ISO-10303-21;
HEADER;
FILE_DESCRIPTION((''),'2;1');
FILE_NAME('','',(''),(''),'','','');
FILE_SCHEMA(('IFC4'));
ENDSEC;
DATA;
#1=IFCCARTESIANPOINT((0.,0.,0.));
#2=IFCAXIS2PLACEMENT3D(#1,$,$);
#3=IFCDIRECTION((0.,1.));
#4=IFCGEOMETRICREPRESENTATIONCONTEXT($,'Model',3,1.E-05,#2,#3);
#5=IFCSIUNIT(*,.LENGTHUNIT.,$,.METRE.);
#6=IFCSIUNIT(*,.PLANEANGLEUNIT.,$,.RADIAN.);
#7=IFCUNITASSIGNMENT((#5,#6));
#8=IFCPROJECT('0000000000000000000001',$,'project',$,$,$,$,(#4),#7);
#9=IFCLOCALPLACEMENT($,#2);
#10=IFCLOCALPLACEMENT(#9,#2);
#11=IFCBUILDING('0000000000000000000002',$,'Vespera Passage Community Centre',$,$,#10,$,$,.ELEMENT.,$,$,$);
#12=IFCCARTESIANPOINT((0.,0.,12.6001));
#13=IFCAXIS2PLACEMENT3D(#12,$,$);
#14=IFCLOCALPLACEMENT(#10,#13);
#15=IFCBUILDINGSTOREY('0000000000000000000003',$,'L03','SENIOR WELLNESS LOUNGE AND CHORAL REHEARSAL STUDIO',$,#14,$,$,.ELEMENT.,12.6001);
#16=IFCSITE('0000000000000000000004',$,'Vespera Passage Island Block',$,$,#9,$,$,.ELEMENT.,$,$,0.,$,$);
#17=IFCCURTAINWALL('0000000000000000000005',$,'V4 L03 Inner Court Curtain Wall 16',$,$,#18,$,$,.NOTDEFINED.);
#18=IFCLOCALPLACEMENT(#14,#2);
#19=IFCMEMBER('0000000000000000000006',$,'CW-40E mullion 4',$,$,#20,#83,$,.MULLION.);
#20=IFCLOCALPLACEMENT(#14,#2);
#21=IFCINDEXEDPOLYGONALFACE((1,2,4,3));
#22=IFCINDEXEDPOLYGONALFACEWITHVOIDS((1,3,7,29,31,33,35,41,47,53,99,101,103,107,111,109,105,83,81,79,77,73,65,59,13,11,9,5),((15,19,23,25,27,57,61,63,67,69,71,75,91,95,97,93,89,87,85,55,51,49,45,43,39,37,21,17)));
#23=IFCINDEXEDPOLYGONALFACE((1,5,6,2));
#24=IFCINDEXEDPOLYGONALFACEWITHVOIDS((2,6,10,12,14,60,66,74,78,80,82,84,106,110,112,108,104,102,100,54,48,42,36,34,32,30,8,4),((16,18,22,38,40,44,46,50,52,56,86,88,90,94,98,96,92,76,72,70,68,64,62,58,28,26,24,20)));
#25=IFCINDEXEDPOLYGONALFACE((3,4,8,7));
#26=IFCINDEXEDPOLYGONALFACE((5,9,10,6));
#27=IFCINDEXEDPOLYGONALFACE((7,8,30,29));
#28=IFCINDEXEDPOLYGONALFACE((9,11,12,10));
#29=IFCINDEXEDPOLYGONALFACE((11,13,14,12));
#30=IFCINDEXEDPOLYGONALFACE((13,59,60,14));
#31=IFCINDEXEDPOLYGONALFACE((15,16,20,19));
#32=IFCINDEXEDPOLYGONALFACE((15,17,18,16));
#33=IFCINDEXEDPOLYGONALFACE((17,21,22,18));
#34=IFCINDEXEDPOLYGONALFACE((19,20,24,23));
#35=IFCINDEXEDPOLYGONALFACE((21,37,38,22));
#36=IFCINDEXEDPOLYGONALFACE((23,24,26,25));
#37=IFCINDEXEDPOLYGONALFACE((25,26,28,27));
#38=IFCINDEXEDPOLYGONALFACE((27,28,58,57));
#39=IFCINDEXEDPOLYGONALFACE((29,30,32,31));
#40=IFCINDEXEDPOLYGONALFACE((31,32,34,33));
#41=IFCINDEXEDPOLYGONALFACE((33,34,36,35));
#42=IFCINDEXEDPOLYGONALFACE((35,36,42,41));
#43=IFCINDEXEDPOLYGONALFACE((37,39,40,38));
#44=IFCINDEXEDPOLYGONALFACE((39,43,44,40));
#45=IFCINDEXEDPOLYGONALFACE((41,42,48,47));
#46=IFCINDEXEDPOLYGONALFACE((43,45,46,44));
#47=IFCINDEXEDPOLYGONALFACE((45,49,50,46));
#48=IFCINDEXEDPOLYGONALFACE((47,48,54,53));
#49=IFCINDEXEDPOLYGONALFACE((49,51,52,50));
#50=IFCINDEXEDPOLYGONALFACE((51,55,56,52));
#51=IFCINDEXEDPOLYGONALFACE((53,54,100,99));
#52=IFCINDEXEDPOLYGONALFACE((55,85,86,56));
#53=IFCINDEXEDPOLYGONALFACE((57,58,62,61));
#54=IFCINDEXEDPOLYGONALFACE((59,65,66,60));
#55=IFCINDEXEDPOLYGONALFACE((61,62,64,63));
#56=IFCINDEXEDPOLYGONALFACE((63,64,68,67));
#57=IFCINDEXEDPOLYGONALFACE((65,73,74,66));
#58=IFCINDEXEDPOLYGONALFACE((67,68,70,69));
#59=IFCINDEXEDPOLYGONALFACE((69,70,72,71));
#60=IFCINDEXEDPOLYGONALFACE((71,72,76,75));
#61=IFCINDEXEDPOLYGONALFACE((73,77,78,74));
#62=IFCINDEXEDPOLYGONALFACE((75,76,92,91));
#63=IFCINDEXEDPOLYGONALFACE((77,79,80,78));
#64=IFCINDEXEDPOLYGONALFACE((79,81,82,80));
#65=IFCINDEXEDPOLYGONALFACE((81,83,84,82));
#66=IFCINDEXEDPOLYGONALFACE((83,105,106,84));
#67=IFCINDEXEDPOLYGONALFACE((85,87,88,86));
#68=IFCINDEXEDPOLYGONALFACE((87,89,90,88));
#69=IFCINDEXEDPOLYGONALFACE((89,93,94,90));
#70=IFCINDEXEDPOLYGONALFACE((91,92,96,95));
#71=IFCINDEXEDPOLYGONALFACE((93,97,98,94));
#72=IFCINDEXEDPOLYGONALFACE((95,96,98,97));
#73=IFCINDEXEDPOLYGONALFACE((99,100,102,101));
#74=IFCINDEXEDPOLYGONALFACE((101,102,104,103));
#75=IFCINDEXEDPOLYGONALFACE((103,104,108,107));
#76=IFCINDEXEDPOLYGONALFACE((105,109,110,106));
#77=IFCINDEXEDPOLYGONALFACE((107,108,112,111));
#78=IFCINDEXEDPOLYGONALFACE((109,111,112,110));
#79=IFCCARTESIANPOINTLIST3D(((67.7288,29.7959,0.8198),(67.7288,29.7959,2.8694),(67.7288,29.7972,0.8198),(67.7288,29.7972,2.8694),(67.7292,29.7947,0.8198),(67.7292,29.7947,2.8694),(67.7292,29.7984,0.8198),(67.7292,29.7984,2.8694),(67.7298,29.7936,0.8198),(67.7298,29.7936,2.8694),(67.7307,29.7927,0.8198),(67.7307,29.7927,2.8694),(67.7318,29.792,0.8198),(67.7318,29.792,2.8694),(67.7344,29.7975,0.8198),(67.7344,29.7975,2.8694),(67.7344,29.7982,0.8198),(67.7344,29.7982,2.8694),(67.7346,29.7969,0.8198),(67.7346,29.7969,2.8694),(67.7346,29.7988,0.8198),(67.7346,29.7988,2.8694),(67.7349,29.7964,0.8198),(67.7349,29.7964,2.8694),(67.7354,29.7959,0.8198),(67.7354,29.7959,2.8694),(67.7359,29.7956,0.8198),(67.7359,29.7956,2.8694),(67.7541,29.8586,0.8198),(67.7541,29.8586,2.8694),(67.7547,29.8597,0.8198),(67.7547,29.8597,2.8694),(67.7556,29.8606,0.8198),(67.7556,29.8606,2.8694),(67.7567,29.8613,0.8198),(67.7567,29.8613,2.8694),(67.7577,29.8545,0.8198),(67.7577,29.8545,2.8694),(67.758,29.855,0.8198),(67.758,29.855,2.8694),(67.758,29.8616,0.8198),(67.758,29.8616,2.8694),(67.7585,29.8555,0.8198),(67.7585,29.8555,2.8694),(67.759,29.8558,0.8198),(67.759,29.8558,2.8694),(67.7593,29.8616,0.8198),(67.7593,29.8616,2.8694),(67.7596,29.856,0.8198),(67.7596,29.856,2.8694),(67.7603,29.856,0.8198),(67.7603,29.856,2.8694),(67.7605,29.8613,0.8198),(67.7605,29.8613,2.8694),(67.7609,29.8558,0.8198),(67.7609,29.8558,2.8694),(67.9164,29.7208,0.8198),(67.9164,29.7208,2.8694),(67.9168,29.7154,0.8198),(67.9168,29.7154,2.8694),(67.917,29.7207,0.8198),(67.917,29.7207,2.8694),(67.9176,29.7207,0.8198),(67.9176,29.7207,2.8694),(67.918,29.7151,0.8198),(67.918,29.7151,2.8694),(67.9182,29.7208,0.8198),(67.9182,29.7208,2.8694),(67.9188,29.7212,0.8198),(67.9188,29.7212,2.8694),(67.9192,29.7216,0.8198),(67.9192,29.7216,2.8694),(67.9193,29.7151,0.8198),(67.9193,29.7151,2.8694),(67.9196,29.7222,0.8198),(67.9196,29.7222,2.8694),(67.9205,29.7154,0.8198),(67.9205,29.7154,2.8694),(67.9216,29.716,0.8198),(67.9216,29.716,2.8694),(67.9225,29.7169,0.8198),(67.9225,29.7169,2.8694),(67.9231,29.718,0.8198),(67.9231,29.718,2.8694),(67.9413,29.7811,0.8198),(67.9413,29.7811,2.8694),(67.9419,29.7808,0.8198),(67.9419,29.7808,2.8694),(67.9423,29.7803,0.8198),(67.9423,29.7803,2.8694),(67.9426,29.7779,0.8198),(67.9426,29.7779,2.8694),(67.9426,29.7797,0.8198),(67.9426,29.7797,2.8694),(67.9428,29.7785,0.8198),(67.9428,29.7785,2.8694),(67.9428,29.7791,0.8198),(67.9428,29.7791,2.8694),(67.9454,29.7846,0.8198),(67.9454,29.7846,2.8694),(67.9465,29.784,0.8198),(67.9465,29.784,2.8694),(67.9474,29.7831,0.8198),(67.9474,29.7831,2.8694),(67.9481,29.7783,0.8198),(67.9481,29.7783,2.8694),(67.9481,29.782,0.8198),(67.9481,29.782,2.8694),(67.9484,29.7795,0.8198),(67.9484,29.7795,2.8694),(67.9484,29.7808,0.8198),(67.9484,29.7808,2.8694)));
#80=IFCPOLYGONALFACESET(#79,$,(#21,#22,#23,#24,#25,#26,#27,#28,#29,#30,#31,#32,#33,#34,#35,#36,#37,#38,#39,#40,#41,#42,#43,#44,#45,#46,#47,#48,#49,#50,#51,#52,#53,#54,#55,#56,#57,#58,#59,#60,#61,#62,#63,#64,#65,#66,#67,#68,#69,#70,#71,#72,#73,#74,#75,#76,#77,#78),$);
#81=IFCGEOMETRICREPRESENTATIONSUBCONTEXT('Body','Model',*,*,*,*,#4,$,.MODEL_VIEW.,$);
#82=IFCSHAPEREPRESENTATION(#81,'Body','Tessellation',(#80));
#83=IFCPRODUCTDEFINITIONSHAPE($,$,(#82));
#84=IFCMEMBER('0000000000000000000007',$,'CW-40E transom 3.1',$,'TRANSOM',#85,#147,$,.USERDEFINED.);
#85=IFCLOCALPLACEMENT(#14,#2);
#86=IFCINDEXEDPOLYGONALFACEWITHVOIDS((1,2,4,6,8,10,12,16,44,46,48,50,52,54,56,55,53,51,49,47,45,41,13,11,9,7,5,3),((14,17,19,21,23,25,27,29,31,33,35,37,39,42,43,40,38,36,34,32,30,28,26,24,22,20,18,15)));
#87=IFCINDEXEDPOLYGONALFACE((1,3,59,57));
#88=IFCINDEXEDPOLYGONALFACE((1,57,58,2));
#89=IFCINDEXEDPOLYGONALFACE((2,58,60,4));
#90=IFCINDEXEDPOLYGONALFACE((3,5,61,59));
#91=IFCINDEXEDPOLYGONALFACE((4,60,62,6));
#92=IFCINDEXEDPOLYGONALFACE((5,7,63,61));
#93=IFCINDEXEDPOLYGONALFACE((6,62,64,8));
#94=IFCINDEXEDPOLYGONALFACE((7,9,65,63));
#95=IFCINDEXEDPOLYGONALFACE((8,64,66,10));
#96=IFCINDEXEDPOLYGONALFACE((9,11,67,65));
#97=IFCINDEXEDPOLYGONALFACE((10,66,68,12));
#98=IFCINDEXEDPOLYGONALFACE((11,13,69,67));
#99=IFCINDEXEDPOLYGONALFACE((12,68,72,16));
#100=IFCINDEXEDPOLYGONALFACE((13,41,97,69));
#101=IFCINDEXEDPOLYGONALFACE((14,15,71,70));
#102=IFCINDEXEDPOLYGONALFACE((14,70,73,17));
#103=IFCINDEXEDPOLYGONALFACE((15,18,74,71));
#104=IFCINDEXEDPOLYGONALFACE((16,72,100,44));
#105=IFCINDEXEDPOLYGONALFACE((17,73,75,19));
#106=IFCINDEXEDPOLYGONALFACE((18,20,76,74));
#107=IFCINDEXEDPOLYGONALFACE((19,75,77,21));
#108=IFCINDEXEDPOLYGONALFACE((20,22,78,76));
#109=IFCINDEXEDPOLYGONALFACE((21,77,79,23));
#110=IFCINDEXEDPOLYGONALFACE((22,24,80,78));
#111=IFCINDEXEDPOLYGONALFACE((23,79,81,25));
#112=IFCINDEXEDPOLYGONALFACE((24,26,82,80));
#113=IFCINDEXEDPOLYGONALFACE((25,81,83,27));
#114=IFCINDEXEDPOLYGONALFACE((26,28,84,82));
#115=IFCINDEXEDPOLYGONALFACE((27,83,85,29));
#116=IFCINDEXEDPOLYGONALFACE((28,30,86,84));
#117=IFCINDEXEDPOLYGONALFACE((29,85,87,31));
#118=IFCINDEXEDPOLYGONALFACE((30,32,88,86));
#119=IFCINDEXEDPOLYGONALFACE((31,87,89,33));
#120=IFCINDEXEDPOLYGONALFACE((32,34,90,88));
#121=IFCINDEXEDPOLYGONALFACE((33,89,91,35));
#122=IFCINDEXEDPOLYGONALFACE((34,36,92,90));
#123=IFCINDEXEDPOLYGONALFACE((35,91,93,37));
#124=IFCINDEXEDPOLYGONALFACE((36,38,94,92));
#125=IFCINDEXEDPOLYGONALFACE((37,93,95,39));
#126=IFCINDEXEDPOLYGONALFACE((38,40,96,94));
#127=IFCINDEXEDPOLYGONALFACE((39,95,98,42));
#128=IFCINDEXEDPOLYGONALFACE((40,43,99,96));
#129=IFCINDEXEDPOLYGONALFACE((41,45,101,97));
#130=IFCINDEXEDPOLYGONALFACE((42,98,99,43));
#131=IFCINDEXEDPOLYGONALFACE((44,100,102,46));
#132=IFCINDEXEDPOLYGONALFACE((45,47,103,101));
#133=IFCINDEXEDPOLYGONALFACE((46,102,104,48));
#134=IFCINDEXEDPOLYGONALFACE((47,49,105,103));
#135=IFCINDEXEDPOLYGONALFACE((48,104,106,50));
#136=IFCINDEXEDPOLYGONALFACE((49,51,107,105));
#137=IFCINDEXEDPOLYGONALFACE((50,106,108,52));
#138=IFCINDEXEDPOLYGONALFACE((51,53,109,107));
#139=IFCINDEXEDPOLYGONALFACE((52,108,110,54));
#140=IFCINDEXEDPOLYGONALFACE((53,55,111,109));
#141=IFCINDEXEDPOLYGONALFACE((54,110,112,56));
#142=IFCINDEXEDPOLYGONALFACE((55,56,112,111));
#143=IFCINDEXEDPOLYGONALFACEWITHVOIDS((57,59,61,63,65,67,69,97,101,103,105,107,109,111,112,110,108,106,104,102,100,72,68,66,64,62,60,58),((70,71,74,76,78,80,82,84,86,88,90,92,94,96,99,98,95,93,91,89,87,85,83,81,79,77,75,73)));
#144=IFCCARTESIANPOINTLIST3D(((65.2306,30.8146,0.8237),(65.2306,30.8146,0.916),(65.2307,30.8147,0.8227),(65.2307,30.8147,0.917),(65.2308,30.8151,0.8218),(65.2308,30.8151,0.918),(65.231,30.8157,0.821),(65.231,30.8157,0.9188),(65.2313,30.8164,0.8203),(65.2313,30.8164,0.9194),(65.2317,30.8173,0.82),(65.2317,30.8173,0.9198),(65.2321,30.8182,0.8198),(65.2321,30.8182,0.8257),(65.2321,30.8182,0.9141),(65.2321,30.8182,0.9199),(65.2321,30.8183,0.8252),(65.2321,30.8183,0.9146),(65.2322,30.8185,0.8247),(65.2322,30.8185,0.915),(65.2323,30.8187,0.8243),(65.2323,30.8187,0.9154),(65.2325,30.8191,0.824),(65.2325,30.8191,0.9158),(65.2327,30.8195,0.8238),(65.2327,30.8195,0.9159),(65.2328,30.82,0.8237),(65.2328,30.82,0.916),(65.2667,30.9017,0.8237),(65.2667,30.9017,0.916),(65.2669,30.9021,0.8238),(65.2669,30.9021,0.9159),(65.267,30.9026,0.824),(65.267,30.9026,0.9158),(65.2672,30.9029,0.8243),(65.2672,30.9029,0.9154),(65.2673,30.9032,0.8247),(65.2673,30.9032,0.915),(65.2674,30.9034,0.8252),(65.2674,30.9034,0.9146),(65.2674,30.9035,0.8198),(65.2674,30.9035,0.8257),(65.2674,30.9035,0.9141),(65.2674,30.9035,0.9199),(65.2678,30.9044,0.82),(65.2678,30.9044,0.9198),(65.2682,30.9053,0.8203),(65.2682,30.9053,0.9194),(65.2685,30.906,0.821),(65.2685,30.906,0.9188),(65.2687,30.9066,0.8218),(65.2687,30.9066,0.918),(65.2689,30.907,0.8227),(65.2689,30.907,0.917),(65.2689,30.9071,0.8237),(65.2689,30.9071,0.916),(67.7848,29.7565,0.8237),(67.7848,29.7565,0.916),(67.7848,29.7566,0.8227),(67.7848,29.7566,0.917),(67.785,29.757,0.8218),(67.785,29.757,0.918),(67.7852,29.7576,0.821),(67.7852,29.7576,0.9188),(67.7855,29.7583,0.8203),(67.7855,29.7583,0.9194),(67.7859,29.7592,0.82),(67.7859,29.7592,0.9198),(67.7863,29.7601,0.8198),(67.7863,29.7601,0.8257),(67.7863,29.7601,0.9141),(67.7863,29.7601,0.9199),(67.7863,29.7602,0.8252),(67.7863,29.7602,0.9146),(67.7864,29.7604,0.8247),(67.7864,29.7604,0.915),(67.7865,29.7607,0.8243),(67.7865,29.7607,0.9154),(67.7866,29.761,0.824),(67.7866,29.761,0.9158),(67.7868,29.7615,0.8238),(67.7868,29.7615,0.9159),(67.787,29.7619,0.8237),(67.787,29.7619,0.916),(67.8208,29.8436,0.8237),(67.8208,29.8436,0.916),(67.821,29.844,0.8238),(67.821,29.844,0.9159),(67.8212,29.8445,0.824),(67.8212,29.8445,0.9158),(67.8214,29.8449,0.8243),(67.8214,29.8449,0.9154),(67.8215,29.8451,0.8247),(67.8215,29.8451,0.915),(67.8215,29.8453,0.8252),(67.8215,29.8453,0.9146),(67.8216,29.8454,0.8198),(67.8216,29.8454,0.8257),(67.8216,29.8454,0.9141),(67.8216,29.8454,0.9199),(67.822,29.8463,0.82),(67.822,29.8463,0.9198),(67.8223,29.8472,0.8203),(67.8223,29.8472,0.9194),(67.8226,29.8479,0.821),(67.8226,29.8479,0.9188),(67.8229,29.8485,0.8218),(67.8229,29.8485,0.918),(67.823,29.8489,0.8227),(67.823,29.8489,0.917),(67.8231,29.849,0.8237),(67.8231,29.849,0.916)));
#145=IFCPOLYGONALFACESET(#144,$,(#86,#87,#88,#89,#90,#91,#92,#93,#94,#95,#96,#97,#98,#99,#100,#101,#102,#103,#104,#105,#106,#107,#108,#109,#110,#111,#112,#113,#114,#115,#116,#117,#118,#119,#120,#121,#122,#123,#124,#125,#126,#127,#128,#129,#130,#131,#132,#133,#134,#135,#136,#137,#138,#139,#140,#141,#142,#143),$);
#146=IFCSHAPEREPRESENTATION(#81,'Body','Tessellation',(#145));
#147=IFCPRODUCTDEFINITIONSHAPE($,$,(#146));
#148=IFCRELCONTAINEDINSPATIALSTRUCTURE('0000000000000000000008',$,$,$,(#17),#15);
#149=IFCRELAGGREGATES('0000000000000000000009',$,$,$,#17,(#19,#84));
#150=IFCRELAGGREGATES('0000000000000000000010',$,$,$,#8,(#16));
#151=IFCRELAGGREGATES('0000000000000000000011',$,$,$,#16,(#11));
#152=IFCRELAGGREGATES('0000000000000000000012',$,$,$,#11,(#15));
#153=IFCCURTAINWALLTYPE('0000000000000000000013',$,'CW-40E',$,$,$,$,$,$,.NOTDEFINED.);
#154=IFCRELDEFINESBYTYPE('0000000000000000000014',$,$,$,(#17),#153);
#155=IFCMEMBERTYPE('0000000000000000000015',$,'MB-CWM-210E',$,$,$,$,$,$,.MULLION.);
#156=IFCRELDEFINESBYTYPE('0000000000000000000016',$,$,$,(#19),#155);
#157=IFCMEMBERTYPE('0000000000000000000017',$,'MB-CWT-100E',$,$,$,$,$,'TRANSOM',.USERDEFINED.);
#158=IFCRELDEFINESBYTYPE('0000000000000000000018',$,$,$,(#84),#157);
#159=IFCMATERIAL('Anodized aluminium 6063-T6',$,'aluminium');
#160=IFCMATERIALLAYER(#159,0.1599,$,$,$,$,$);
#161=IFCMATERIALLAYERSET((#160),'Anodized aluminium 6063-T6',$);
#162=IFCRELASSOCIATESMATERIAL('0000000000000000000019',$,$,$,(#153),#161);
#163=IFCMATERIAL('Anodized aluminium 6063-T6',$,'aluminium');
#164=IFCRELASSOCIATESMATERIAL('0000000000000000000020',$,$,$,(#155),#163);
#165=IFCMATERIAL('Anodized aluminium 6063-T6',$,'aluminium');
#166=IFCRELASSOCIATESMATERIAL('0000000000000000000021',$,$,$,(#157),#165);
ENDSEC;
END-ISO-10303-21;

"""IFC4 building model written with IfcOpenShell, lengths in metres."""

from ifc_helpers import new_model, si_unit, direction, frame, origin, origin_2d, place, context, subcontext, project, spatial, hollow_rectangle, extrude, material, layer, layer_set, material_profile, profile_set, type_object, element, aggregate, save


model = new_model("IFC4")

# Units and contexts
model_context = context("Model", 3, precision=1e-05, world=origin(), true_north=direction((0.0, 1.0)))
body_context = subcontext(model_context, "Body", "Model", "MODEL_VIEW")
ifc_project = project(units=[si_unit("LENGTHUNIT", "METRE"), si_unit("PLANEANGLEUNIT", "RADIAN")], contexts=[model_context])

# Site, building, storey
site_placement = place(None, origin())
site = spatial("IfcSite", under=ifc_project, at=site_placement, Name="Vespera Passage Island Block", CompositionType="ELEMENT", RefElevation=0.0)
building_placement = place(site_placement, origin())
building = spatial("IfcBuilding", under=site, at=building_placement, Name="Vespera Passage Community Centre", CompositionType="ELEMENT")
storey_placement = place(building_placement, frame((0.0, 0.0, 12.6001)))
storey = spatial("IfcBuildingStorey", under=building, at=storey_placement, Name="L03", Description="SENIOR WELLNESS LOUNGE AND CHORAL REHEARSAL STUDIO", CompositionType="ELEMENT", Elevation=12.6001)

# Curtain wall, members
ifc_material_1 = material(Name="Anodized aluminium 6063-T6", Category="aluminium")
ifc_layer_1 = layer(ifc_material_1, 0.1599)
ifc_layer_set_1 = layer_set([ifc_layer_1], Name="Anodized aluminium 6063-T6")
curtain_wall_type_1 = type_object("IfcCurtainWallType", Name="CW-40E", PredefinedType="NOTDEFINED", material=ifc_layer_set_1)
curtain_wall_1_placement = place(storey_placement, origin())
curtain_wall_1 = element("IfcCurtainWall", 1, at=curtain_wall_1_placement, inside=storey, type_object=curtain_wall_type_1, Name="V4 L03 Inner Court Curtain Wall 16", PredefinedType="NOTDEFINED")
ifc_material_2 = material(Name="Anodized aluminium 6063-T6", Category="aluminium")
ifc_material_profile_1 = material_profile(ifc_material_2, hollow_rectangle(XDim=0.075, YDim=0.21, WallThickness=0.0049, InnerFilletRadius=0.0024, OuterFilletRadius=0.0049, at=origin_2d()), Name="ALU210X75X5")
ifc_profile_set_1 = profile_set([ifc_material_profile_1], Name="Anodized aluminium 6063-T6")
member_type_1 = type_object("IfcMemberType", Name="MB-CWM-210E", PredefinedType="MULLION", material=ifc_profile_set_1)
member_1_placement = place(storey_placement, frame((67.8386, 29.7883, 0.8198), z_axis=(0.0, 0.0, 1.0), x_axis=(0.38269, 0.923877, 0.0)))
member_1 = element("IfcMember", 2, at=member_1_placement, type_object=member_type_1, Name="CW-40E mullion 4", PredefinedType="MULLION", context=body_context, shape_type="SweptSolid", body=[
    extrude(hollow_rectangle(XDim=0.075, YDim=0.21, WallThickness=0.0049, InnerFilletRadius=0.0024, OuterFilletRadius=0.0049, at=origin_2d()), origin(), (0.0, 0.0, 1.0), 2.0496),
])
ifc_material_3 = material(Name="Anodized aluminium 6063-T6", Category="aluminium")
ifc_material_profile_2 = material_profile(ifc_material_3, hollow_rectangle(XDim=0.1001, YDim=0.1001, WallThickness=0.0039, InnerFilletRadius=0.002, OuterFilletRadius=0.0039, at=origin_2d()), Name="ALU100X100X4")
ifc_profile_set_2 = profile_set([ifc_material_profile_2], Name="Anodized aluminium 6063-T6")
member_type_2 = type_object("IfcMemberType", Name="MB-CWT-100E", ElementType="TRANSOM", PredefinedType="USERDEFINED", material=ifc_profile_set_2)
member_2_placement = place(storey_placement, frame((65.2498, 30.8608, 0.8699), z_axis=(0.923864, -0.382721, 0.0), x_axis=(0.382721, 0.923864, 0.0)))
member_2 = element("IfcMember", 3, at=member_2_placement, type_object=member_type_2, Name="CW-40E transom 3.1", ObjectType="TRANSOM", PredefinedType="USERDEFINED", context=body_context, shape_type="SweptSolid", body=[
    extrude(hollow_rectangle(XDim=0.1001, YDim=0.1001, WallThickness=0.0039, InnerFilletRadius=0.002, OuterFilletRadius=0.0039, at=origin_2d()), origin(), (0.0, 0.0, 1.0), 2.7646),
])

aggregate(curtain_wall_1, [member_1, member_2])

save(model, "model.ifc")
